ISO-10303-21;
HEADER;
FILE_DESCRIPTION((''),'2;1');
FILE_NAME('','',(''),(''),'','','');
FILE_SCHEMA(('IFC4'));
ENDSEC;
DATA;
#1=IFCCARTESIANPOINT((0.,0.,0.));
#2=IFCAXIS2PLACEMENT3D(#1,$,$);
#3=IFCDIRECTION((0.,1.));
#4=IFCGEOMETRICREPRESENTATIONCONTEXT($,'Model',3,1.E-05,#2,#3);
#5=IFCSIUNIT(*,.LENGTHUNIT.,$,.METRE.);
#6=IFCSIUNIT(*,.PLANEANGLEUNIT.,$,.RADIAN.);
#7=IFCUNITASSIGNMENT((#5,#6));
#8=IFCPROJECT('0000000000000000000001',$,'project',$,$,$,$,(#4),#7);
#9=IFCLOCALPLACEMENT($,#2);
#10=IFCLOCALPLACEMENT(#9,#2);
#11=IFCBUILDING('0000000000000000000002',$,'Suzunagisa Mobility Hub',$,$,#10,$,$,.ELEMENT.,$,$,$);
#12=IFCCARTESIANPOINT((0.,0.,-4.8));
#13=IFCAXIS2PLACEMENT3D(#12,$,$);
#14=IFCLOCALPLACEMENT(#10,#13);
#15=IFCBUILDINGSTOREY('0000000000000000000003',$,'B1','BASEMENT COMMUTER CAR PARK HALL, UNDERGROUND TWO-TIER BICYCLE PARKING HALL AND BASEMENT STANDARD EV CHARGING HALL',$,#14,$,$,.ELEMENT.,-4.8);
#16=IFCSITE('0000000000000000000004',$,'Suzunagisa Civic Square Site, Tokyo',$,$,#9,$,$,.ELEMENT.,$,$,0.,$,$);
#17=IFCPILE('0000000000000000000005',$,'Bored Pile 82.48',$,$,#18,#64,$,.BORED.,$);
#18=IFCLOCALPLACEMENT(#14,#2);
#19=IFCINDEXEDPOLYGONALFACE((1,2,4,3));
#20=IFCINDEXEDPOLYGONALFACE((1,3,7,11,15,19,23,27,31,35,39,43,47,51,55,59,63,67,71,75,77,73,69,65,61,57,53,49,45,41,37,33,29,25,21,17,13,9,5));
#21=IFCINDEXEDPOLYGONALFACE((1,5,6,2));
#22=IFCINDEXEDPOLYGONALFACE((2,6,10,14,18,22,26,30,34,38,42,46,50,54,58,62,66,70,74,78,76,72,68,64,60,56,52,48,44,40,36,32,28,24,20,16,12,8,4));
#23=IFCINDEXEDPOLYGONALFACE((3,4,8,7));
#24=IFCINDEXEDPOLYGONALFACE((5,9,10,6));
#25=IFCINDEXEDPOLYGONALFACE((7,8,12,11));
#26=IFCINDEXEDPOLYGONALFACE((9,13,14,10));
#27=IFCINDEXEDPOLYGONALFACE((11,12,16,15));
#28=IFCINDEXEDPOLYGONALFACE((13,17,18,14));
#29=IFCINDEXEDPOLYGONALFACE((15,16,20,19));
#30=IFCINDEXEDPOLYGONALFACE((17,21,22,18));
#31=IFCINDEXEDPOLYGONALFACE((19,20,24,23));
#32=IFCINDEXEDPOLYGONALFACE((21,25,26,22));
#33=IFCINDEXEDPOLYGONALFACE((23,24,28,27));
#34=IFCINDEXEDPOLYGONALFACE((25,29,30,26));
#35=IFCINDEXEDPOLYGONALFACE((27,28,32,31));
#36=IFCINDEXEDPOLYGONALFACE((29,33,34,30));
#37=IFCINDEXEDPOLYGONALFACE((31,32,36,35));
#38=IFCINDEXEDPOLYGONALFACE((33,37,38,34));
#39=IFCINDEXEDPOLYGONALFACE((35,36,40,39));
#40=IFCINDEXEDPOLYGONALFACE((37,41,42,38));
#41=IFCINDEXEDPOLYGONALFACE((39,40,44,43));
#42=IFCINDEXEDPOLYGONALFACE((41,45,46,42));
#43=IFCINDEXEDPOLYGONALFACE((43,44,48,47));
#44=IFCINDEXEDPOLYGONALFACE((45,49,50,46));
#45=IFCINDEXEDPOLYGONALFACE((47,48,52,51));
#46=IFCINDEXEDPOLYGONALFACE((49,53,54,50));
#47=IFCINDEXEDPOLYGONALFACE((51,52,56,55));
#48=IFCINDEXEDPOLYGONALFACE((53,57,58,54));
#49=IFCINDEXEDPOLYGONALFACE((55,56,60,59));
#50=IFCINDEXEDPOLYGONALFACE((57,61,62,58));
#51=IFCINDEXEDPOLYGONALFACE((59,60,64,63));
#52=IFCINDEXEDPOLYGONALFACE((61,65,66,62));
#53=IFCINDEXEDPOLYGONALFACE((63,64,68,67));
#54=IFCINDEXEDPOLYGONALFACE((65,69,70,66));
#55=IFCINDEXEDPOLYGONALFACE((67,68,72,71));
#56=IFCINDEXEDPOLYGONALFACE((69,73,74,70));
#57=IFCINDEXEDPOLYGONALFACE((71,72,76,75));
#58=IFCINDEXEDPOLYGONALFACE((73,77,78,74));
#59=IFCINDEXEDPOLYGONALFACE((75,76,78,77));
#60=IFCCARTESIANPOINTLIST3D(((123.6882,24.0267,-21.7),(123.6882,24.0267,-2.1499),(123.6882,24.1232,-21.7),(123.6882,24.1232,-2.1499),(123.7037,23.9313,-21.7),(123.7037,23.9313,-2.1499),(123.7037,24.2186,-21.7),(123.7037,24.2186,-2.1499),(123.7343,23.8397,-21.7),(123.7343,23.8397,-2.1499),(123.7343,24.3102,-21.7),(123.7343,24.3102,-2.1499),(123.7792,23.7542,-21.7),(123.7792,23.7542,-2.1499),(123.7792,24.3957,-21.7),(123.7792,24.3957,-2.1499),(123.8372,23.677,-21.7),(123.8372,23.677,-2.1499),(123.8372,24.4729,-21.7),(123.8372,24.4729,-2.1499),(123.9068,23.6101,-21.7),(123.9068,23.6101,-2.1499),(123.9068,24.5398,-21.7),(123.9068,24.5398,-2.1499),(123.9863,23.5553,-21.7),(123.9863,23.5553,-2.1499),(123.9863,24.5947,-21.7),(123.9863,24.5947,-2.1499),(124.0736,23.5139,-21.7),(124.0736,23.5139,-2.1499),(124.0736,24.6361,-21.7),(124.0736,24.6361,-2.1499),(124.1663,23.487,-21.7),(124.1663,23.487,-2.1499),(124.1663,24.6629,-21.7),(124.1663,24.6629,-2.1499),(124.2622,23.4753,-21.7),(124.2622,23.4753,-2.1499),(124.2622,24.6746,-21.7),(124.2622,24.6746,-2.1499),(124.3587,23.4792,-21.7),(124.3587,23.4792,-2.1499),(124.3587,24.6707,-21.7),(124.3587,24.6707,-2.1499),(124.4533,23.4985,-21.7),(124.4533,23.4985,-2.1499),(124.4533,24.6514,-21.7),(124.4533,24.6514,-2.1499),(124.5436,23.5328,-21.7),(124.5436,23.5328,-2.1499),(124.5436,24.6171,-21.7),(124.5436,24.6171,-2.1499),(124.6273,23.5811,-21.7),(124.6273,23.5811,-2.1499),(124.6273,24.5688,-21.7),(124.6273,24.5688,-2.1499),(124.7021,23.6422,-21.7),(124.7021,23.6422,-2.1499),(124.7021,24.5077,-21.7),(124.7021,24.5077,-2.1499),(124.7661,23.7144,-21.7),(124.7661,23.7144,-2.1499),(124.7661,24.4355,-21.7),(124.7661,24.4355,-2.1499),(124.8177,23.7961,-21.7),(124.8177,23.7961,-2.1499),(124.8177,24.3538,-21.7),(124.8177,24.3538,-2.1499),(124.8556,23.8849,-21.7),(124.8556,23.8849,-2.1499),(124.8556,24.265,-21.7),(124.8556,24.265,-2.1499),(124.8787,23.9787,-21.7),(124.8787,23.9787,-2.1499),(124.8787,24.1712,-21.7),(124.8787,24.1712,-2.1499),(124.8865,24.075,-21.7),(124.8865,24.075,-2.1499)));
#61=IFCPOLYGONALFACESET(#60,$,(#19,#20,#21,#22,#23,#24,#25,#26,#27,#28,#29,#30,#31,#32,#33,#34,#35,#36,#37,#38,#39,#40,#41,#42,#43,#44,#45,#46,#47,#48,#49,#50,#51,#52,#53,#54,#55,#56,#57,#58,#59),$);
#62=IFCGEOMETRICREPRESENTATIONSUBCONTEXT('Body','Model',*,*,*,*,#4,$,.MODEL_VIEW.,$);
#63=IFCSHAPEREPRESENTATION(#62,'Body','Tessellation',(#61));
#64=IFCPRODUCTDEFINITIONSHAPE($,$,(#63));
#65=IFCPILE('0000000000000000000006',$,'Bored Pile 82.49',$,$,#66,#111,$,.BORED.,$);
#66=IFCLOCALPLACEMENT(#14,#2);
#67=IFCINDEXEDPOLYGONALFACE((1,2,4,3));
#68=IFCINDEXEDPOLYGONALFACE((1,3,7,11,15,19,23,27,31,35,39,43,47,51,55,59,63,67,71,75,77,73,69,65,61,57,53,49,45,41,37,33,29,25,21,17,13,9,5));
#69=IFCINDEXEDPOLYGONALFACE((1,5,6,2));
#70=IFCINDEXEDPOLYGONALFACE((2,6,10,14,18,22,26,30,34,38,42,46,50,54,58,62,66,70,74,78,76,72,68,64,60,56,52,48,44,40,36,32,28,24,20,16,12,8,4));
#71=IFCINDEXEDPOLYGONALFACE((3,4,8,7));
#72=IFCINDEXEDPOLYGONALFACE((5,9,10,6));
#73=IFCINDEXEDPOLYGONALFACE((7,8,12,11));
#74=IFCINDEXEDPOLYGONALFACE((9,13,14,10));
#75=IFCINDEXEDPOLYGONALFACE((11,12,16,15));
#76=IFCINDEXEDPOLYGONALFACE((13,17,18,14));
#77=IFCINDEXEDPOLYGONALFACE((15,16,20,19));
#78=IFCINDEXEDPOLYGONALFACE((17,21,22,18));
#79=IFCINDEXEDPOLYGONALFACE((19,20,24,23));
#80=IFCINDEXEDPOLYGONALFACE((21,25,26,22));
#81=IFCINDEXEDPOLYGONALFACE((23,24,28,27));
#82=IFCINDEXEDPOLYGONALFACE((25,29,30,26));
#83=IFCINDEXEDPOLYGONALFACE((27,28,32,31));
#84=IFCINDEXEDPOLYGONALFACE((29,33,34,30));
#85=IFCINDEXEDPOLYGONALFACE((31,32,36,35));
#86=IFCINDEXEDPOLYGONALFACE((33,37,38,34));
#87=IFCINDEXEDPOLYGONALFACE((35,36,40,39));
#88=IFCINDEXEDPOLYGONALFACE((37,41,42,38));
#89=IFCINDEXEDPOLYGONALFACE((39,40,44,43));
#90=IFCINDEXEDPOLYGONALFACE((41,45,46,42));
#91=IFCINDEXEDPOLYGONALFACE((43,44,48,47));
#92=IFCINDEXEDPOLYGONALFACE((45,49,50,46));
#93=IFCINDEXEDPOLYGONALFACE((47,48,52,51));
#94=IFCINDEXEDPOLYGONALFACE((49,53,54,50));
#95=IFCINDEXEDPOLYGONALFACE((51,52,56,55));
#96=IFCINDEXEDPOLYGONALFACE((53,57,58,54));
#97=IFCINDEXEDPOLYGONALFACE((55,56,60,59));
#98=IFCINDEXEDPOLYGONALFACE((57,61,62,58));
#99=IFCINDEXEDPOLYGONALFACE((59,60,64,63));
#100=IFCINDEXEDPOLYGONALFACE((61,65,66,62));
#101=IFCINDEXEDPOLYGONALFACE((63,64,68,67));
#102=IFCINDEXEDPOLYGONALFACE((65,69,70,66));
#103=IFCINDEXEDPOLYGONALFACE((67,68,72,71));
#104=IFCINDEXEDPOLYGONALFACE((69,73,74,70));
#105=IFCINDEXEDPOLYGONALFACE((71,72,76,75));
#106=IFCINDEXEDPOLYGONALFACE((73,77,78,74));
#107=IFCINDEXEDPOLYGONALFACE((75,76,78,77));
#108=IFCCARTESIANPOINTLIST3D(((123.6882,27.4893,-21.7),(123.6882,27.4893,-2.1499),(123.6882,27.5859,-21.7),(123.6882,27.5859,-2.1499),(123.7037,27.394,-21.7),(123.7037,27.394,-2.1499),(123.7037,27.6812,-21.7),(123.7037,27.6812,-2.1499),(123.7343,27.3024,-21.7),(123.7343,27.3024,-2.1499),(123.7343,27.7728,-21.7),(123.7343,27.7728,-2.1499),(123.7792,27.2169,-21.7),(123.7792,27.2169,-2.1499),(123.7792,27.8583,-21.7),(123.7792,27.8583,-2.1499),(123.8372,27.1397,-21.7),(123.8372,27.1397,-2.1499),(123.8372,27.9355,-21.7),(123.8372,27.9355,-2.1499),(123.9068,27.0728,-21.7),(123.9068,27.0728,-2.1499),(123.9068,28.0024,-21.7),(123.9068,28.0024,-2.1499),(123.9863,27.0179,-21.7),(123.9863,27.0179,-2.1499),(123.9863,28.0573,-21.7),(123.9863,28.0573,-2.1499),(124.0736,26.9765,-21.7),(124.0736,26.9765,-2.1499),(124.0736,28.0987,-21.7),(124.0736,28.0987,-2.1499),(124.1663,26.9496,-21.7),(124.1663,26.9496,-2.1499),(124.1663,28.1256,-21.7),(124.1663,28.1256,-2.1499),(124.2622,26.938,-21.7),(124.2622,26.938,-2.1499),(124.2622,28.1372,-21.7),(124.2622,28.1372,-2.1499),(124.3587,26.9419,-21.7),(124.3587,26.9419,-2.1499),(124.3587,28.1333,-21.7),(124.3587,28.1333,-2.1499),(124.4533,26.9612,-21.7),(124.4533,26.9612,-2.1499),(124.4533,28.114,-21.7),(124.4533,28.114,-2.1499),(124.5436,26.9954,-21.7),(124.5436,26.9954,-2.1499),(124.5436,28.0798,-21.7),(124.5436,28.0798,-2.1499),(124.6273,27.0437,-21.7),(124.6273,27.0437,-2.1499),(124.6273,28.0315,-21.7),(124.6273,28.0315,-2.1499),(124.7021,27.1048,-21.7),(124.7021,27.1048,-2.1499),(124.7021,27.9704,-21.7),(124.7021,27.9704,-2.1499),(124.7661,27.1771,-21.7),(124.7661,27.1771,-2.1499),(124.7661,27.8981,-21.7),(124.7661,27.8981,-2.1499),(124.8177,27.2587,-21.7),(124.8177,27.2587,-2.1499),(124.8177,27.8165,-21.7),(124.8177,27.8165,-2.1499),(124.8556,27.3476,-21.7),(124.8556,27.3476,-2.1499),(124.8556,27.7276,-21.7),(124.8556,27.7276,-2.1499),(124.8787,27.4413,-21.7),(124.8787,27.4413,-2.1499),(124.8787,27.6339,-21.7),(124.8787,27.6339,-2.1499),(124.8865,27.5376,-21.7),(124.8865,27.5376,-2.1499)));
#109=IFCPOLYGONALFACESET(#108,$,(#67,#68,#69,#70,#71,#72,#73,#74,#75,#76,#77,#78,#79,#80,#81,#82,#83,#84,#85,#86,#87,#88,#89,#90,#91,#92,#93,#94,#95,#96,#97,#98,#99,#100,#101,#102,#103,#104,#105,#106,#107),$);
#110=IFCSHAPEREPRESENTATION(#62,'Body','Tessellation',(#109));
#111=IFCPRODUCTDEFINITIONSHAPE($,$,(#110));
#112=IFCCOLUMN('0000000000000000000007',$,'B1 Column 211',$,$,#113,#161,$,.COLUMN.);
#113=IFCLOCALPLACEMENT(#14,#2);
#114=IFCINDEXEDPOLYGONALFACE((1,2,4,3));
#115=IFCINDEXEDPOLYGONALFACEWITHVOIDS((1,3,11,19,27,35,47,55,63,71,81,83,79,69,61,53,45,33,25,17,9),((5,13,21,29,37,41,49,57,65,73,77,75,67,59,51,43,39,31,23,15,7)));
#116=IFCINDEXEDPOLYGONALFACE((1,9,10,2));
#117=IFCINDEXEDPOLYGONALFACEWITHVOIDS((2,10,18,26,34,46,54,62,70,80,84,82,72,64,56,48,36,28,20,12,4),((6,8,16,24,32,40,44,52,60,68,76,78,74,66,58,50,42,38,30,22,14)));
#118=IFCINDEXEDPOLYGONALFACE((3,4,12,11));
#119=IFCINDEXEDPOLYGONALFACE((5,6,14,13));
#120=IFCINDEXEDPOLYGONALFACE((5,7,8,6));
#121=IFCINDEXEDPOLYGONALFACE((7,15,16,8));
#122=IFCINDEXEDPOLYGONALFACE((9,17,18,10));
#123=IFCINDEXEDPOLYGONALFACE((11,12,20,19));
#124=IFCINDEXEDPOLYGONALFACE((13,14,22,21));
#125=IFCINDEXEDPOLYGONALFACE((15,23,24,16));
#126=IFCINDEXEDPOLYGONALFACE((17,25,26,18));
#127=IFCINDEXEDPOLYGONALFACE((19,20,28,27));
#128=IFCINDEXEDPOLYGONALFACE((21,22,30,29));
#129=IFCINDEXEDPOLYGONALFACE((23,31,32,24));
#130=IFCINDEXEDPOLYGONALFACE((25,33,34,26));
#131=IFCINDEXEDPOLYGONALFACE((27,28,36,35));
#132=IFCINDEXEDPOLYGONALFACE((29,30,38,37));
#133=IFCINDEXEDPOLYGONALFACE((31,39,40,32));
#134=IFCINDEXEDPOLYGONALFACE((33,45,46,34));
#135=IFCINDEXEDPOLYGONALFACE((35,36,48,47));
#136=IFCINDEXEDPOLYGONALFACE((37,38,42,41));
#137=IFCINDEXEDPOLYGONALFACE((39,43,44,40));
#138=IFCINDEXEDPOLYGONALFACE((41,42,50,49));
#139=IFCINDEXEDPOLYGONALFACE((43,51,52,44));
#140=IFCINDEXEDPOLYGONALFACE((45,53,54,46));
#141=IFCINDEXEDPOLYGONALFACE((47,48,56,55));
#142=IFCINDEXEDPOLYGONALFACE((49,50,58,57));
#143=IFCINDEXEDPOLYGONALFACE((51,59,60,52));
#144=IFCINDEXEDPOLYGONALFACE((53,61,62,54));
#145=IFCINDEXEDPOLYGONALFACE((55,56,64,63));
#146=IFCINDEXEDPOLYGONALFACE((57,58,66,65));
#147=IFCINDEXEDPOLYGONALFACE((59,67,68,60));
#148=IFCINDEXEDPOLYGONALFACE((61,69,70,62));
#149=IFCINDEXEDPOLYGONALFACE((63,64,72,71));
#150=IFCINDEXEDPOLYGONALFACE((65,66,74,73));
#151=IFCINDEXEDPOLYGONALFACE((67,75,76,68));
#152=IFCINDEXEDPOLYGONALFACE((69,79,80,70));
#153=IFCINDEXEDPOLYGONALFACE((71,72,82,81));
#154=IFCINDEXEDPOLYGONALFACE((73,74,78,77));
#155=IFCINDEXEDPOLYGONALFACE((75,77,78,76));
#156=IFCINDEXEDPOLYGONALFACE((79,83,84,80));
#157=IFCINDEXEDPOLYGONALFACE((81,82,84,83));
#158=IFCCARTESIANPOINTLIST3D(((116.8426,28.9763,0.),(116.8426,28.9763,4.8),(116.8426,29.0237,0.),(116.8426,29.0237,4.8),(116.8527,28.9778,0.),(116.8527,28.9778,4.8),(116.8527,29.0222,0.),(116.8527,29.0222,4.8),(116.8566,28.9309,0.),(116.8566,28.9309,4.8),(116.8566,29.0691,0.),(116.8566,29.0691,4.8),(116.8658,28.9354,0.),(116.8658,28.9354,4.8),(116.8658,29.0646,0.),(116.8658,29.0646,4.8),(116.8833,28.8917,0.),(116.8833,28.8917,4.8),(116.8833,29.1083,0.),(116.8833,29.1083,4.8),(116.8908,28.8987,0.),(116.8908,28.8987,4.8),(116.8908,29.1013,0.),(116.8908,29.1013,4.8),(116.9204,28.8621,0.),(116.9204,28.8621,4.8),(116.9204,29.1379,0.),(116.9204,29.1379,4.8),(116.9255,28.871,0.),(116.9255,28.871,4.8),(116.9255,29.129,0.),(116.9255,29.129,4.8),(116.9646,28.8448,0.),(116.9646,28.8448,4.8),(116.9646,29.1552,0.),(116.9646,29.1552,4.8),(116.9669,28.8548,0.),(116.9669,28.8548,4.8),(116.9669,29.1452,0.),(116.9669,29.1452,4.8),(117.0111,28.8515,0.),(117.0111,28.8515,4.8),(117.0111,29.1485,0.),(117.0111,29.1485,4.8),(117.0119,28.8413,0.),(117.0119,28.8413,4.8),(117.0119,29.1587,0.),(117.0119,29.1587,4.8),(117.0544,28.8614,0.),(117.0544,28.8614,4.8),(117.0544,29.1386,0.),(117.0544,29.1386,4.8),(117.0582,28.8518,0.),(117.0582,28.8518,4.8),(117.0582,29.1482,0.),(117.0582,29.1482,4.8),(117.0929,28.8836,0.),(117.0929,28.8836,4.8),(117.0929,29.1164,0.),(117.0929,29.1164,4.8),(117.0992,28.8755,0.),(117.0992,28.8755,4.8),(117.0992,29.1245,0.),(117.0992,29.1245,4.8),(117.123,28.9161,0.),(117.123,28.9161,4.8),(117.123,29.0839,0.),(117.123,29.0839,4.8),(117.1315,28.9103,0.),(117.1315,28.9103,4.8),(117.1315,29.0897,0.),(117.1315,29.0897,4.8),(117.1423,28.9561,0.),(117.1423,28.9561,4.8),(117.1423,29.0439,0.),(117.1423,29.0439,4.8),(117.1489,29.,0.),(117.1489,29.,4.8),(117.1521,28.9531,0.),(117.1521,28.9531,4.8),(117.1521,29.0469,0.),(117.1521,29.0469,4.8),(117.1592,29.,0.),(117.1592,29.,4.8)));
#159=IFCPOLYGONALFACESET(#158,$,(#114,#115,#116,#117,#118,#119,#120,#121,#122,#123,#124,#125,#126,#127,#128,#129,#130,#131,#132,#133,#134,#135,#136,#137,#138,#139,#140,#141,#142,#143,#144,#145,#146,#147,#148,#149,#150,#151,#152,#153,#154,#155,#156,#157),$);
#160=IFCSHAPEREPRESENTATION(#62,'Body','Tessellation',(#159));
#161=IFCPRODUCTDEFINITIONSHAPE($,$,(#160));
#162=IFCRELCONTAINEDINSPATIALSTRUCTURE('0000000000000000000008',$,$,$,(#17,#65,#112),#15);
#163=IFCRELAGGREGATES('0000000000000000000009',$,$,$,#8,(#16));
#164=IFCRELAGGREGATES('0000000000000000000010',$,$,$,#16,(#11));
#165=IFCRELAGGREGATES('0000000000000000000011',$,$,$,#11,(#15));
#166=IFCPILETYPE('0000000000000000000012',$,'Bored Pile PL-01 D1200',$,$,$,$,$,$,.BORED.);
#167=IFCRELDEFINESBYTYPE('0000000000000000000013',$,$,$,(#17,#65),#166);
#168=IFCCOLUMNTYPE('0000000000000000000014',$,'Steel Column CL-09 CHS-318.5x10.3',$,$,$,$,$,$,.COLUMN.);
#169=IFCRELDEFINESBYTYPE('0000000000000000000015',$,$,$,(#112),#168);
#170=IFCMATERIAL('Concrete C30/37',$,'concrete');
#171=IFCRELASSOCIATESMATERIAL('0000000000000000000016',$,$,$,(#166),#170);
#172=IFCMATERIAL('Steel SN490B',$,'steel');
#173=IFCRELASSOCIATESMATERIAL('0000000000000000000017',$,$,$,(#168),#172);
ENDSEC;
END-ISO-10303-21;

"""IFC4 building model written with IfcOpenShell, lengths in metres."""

from ifc_helpers import new_model, si_unit, direction, frame, origin, origin_2d, place, context, subcontext, project, spatial, circle, hollow_circle, extrude, material, material_profile, profile_set, type_object, element, save


model = new_model("IFC4")

# Units and contexts
model_context = context("Model", 3, precision=1e-05, world=origin(), true_north=direction((0.0, 1.0)))
body_context = subcontext(model_context, "Body", "Model", "MODEL_VIEW")
ifc_project = project(units=[si_unit("LENGTHUNIT", "METRE"), si_unit("PLANEANGLEUNIT", "RADIAN")], contexts=[model_context])

# Site, building, storey
site_placement = place(None, origin())
site = spatial("IfcSite", under=ifc_project, at=site_placement, Name="Suzunagisa Civic Square Site, Tokyo", CompositionType="ELEMENT", RefElevation=0.0)
building_placement = place(site_placement, origin())
building = spatial("IfcBuilding", under=site, at=building_placement, Name="Suzunagisa Mobility Hub", CompositionType="ELEMENT")
storey_placement = place(building_placement, frame((0.0, 0.0, -4.8)))
storey = spatial("IfcBuildingStorey", under=building, at=storey_placement, Name="B1", Description="BASEMENT COMMUTER CAR PARK HALL, UNDERGROUND TWO-TIER BICYCLE PARKING HALL AND BASEMENT STANDARD EV CHARGING HALL", CompositionType="ELEMENT", Elevation=-4.8)

# Piles
ifc_material_1 = material(Name="Concrete C30/37", Category="concrete")
ifc_material_profile_1 = material_profile(ifc_material_1, circle(Radius=0.6001, at=origin_2d()), Name="BORED PILE D1200")
ifc_profile_set_1 = profile_set([ifc_material_profile_1], Name="Concrete C30/37")
pile_type = type_object("IfcPileType", Name="Bored Pile PL-01 D1200", PredefinedType="BORED", material=ifc_profile_set_1)
for number, where, z_axis, x_axis, name in (
    (1, (124.2864, 24.075, -2.1499), (0.0, 0.0, -1.0), (1.0, 0.0, 0.0), "Bored Pile 82.48"),
    (2, (124.2864, 27.5376, -2.1499), (0.0, 0.0, -1.0), (1.0, 0.0, 0.0), "Bored Pile 82.49"),
):
    element("IfcPile", number, at=place(storey_placement, frame(where, z_axis=z_axis, x_axis=x_axis)), inside=storey, type_object=pile_type, Name=name, PredefinedType="BORED", context=body_context, shape_type="SweptSolid", body=[
        extrude(circle(Radius=0.6001, at=origin_2d()), origin(), (0.0, 0.0, 1.0), 19.55),
    ])

# Column
ifc_material_2 = material(Name="Steel SN490B", Category="steel")
ifc_material_profile_2 = material_profile(ifc_material_2, hollow_circle(Radius=0.1592, WallThickness=0.0103, at=origin_2d()), Name="CHS-318.5x10.3")
ifc_profile_set_2 = profile_set([ifc_material_profile_2], Name="Steel SN490B")
column_type = type_object("IfcColumnType", Name="Steel Column CL-09 CHS-318.5x10.3", PredefinedType="COLUMN", material=ifc_profile_set_2)
column_placement = place(storey_placement, frame((117.0, 29.0, 0.0), z_axis=(0.0, 0.0, 1.0), x_axis=(1.0, 0.0, 0.0)))
element("IfcColumn", 3, at=column_placement, inside=storey, type_object=column_type, Name="B1 Column 211", PredefinedType="COLUMN", context=body_context, shape_type="SweptSolid", body=[
    extrude(hollow_circle(Radius=0.1592, WallThickness=0.0103, at=origin_2d()), origin(), (0.0, 0.0, 1.0), 4.8),
])

save(model, "model.ifc")
